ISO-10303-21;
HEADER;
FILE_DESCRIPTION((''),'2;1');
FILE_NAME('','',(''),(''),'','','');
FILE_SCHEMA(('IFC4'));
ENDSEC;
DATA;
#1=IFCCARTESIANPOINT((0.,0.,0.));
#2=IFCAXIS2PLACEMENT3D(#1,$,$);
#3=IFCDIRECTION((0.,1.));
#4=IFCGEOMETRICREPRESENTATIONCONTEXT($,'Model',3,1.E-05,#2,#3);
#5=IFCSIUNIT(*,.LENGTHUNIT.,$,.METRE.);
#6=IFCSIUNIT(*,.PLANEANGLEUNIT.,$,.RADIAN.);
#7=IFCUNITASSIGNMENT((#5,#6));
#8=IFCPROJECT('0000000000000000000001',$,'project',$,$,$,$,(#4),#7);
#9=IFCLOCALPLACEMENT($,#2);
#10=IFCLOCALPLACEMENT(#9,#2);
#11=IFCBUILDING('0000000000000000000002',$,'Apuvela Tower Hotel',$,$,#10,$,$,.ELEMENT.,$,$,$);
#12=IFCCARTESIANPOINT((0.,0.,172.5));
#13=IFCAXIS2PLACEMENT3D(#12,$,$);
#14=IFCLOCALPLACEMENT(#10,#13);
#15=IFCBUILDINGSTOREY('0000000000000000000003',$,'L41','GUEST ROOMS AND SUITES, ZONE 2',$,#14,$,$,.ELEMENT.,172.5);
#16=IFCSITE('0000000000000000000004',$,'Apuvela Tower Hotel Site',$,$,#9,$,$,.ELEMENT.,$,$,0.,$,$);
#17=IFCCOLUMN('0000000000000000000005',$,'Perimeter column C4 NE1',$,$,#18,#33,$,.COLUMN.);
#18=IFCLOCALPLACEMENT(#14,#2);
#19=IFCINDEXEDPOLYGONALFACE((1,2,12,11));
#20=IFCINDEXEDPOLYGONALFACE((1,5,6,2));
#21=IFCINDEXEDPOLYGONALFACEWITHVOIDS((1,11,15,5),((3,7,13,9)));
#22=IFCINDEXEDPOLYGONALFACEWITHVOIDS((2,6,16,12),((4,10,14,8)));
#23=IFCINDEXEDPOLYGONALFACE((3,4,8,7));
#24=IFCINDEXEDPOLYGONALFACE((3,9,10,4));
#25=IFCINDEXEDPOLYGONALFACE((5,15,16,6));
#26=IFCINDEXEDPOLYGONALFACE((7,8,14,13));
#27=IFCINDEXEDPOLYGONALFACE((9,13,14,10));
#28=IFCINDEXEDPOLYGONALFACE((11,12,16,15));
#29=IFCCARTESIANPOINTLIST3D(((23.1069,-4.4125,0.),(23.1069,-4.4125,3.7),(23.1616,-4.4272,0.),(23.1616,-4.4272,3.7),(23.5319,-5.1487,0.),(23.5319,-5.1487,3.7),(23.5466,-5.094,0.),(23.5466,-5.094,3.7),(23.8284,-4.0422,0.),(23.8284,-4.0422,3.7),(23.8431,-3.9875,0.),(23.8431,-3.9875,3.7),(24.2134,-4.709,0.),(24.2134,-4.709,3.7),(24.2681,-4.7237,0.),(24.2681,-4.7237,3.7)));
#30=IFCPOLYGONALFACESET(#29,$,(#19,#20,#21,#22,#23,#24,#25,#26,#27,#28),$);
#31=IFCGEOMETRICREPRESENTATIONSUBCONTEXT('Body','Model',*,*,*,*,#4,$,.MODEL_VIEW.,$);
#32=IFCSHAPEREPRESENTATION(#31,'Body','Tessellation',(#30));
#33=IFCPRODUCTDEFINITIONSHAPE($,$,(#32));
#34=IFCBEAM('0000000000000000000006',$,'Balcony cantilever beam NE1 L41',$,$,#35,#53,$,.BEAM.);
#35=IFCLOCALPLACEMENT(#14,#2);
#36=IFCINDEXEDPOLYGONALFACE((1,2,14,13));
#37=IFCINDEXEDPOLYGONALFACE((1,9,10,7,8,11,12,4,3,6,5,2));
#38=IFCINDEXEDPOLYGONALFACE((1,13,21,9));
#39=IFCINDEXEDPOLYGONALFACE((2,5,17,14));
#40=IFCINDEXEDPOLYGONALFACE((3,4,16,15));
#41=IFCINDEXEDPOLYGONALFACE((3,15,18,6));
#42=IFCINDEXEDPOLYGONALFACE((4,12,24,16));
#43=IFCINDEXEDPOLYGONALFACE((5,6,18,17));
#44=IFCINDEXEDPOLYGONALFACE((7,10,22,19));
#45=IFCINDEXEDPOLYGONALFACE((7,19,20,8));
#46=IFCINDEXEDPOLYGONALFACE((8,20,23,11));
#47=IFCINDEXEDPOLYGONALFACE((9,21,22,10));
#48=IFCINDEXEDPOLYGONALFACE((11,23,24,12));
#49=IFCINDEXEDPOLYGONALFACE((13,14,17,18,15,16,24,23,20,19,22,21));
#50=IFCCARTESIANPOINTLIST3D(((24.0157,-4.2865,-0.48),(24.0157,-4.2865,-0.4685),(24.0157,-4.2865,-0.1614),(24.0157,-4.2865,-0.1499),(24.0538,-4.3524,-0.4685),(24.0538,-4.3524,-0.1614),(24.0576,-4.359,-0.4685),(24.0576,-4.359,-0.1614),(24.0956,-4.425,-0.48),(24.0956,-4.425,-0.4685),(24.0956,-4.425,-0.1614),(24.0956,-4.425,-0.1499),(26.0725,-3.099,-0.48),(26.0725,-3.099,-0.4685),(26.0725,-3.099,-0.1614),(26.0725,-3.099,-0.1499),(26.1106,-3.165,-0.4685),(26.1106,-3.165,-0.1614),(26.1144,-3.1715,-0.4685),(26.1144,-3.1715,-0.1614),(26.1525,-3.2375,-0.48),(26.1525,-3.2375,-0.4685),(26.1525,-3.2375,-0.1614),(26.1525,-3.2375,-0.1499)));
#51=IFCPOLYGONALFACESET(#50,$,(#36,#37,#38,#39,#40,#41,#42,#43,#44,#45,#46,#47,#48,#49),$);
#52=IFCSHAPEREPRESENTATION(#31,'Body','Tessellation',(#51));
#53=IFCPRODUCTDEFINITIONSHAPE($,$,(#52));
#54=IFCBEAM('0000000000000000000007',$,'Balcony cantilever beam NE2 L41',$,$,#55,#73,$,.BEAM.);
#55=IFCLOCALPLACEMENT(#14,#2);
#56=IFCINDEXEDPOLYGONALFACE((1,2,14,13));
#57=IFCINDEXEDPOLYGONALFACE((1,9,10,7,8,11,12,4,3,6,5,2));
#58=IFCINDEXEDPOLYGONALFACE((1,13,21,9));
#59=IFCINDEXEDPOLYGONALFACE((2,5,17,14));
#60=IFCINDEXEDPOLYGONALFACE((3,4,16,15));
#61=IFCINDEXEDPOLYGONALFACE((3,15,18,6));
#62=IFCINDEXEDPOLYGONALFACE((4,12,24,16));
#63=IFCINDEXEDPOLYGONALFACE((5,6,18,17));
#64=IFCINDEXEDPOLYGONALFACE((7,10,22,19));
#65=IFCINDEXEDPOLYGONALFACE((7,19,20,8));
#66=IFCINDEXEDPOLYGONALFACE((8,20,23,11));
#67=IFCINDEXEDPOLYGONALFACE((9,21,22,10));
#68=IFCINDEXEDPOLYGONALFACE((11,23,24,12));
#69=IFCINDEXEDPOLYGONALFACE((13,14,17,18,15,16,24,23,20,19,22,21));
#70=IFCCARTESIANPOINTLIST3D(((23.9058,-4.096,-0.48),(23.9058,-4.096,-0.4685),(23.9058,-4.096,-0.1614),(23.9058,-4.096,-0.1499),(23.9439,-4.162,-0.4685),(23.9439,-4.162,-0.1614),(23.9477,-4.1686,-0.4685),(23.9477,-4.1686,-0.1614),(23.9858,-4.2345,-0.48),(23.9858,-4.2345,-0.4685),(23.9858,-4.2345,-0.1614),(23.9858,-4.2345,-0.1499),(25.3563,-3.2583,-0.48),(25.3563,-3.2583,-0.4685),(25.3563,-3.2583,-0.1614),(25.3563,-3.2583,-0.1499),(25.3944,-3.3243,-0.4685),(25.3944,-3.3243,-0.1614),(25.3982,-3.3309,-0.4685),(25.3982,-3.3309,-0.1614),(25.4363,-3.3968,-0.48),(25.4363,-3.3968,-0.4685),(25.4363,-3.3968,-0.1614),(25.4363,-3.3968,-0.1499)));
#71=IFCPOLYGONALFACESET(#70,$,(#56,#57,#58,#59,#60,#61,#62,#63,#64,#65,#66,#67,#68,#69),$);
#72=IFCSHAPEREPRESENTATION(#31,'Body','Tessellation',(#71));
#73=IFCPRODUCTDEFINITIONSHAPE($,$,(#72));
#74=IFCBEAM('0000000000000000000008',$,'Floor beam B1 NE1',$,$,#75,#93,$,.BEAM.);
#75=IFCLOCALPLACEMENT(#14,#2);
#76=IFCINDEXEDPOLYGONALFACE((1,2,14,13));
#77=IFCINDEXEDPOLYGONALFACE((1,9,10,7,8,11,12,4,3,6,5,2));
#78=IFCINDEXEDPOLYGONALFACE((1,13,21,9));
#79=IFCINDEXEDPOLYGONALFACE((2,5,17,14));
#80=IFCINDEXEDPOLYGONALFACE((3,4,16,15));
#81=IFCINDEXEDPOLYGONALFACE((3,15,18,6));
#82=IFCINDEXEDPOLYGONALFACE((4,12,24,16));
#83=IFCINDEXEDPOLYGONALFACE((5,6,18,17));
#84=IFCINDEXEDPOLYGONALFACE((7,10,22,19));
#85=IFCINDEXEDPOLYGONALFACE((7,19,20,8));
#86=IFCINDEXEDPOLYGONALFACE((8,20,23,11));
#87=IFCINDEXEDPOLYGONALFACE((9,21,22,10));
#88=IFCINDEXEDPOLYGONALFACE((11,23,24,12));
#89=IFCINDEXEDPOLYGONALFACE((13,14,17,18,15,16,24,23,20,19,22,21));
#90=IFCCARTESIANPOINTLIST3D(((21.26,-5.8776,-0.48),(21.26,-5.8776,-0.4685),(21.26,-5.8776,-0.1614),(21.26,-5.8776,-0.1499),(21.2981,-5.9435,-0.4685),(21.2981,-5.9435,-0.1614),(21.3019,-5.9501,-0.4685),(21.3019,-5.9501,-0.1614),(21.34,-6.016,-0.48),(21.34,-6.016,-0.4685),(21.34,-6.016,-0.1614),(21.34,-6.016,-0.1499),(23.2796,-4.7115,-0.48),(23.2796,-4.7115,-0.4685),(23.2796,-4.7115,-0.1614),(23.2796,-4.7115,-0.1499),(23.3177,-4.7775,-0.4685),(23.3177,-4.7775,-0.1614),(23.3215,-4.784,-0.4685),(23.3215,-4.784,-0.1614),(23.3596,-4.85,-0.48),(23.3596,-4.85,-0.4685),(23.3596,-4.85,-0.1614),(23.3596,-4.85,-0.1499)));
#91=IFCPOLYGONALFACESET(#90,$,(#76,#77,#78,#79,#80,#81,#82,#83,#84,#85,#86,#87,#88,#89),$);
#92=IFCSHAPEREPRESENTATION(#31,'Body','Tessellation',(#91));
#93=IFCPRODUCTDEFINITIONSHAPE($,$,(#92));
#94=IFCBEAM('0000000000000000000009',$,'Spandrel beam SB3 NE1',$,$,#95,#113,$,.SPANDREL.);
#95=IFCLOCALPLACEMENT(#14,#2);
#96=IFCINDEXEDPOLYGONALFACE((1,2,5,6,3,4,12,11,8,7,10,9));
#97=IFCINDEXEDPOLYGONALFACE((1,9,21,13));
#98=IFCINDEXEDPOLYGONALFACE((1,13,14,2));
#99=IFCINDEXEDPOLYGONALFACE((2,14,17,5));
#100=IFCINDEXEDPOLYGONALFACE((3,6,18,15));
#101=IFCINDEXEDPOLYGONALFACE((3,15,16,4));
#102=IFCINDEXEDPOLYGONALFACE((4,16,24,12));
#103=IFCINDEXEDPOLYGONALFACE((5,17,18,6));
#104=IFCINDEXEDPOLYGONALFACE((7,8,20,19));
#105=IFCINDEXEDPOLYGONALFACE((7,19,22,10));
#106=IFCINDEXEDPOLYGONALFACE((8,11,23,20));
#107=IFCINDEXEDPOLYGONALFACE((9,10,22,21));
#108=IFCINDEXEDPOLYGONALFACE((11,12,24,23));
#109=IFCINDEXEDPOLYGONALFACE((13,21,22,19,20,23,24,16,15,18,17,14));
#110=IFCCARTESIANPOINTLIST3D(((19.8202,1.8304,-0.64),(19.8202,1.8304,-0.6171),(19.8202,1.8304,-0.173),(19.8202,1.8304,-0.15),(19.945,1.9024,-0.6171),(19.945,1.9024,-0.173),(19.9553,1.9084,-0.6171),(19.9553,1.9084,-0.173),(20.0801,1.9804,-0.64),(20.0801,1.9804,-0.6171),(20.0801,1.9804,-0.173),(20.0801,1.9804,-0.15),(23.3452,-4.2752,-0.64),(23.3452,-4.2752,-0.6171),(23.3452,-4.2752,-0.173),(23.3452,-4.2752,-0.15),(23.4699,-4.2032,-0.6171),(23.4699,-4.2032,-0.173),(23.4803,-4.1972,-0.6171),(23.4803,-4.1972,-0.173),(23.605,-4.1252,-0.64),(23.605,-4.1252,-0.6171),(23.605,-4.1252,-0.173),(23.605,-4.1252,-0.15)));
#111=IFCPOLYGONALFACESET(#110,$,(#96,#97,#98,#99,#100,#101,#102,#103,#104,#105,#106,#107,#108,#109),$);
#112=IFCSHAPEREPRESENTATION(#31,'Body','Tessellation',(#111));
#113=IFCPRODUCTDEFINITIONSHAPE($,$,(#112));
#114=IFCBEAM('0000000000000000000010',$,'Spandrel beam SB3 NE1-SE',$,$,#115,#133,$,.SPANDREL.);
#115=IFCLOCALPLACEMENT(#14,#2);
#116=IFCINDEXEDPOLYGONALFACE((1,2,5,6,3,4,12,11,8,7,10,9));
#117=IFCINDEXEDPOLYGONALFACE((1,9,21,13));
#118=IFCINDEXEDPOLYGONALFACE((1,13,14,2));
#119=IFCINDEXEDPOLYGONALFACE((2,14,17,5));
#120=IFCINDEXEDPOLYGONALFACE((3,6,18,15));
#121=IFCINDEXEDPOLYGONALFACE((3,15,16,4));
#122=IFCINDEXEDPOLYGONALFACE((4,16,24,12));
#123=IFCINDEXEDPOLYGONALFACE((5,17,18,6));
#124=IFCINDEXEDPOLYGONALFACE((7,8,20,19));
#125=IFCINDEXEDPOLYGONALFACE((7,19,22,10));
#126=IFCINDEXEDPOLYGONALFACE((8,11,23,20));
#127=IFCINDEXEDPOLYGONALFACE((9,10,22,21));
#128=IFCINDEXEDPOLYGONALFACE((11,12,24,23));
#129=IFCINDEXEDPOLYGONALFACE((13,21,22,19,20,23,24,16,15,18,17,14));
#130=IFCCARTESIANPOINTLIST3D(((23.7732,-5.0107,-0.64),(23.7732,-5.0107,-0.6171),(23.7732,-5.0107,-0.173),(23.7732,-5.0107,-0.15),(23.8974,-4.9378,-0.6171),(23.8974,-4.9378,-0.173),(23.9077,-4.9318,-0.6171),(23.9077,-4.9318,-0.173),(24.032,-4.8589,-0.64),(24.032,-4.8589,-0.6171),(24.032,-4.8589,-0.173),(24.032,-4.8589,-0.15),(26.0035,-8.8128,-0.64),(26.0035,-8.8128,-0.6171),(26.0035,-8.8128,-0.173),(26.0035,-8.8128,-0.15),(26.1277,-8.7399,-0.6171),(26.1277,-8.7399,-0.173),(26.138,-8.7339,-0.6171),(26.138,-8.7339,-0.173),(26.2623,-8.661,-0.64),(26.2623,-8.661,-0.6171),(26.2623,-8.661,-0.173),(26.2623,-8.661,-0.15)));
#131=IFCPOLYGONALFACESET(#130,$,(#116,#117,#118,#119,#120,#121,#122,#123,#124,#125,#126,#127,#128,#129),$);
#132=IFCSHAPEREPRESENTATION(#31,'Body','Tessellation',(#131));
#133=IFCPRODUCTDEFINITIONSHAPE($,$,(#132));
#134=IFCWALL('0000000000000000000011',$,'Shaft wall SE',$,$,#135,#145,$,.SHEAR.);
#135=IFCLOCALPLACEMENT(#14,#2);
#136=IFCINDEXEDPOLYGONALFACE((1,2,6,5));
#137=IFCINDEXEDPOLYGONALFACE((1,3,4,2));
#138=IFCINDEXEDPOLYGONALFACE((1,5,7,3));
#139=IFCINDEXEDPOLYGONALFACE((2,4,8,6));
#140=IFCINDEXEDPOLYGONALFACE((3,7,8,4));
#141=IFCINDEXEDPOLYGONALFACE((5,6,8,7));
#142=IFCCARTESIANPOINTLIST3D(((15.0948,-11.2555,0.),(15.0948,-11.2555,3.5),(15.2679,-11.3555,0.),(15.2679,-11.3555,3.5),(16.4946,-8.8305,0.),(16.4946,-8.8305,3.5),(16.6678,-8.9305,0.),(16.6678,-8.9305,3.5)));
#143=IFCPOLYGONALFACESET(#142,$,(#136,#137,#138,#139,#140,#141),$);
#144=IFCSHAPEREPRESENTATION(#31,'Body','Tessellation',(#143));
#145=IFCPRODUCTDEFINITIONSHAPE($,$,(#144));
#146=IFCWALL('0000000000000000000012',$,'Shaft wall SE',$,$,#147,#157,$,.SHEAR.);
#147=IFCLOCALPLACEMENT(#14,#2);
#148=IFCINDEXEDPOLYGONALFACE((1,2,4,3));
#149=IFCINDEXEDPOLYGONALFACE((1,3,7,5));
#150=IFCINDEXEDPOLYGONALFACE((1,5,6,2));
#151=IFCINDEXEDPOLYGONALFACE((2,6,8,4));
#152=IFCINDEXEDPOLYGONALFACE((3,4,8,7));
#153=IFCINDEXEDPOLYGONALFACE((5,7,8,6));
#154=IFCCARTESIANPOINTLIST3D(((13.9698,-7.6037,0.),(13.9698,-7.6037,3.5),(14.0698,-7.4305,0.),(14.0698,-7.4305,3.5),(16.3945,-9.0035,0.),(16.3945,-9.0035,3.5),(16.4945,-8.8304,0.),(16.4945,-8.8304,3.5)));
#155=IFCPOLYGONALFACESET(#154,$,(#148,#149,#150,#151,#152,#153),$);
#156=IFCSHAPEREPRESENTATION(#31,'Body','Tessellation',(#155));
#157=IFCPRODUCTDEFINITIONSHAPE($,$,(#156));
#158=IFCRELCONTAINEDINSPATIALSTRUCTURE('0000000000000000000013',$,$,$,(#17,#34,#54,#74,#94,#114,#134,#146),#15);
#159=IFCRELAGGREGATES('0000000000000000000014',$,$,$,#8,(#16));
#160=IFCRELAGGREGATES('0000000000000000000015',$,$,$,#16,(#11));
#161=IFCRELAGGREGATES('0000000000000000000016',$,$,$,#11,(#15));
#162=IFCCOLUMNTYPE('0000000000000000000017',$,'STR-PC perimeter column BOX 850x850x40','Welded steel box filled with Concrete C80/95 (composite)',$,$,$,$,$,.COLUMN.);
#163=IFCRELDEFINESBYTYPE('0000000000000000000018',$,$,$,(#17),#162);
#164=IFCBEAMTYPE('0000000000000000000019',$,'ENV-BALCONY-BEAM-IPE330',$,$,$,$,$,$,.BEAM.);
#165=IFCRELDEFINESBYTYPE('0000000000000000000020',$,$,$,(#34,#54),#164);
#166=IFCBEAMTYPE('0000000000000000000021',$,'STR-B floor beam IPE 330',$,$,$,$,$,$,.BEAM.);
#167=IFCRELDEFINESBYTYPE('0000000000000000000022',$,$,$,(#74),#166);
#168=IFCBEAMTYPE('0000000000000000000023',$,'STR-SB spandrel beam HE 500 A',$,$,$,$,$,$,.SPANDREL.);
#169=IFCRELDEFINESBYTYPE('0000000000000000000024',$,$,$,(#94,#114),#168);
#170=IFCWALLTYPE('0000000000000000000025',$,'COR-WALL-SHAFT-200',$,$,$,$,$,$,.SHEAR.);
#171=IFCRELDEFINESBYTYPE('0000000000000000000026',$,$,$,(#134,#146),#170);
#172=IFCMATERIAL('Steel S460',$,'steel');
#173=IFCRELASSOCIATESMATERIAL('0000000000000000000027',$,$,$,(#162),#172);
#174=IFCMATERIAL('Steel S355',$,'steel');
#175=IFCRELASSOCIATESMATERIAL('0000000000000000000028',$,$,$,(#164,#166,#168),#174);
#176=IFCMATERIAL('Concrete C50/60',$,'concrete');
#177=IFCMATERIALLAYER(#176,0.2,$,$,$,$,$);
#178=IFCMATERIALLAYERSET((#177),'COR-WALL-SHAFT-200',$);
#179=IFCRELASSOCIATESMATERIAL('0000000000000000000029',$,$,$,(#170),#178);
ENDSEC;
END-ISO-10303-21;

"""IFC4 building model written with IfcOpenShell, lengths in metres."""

from ifc_helpers import new_model, si_unit, direction, frame, frame_2d, origin, origin_2d, place, context, subcontext, project, spatial, rectangle, hollow_rectangle, i_section, extrude, material, layer, layer_set, material_profile, profile_set, type_object, element, save


model = new_model("IFC4")

# Units and contexts
model_context = context("Model", 3, precision=1e-05, world=origin(), true_north=direction((0.0, 1.0)))
body_context = subcontext(model_context, "Body", "Model", "MODEL_VIEW")
ifc_project = project(units=[si_unit("LENGTHUNIT", "METRE"), si_unit("PLANEANGLEUNIT", "RADIAN")], contexts=[model_context])

# Site, building, storey
site_placement = place(None, origin())
site = spatial("IfcSite", under=ifc_project, at=site_placement, Name="Apuvela Tower Hotel Site", CompositionType="ELEMENT", RefElevation=0.0)
building_placement = place(site_placement, origin())
building = spatial("IfcBuilding", under=site, at=building_placement, Name="Apuvela Tower Hotel", CompositionType="ELEMENT")
storey_placement = place(building_placement, frame((0.0, 0.0, 172.5)))
storey = spatial("IfcBuildingStorey", under=building, at=storey_placement, Name="L41", Description="GUEST ROOMS AND SUITES, ZONE 2", CompositionType="ELEMENT", Elevation=172.5)

# Column
ifc_material_1 = material(Name="Steel S460", Category="steel")
ifc_material_profile_1 = material_profile(ifc_material_1, hollow_rectangle(XDim=0.8501, YDim=0.8501, WallThickness=0.04, at=origin_2d()), Name="BOX 850x850x40")
ifc_material_2 = material(Name="Concrete C80/95", Category="concrete")
ifc_material_profile_2 = material_profile(ifc_material_2, rectangle(XDim=0.77, YDim=0.77, at=origin_2d()), Name="Concrete C80/95 infill")
ifc_profile_set_1 = profile_set([ifc_material_profile_1, ifc_material_profile_2], Name="Steel S460")
column_type = type_object("IfcColumnType", Name="STR-PC perimeter column BOX 850x850x40", Description="Welded steel box filled with Concrete C80/95 (composite)", PredefinedType="COLUMN", material=ifc_profile_set_1)
column_placement = place(storey_placement, frame((23.6875, -4.5681, 0.0), z_axis=(0.0, 0.0, 1.0), x_axis=(-0.5, 0.866025, 0.0)))
element("IfcColumn", 1, at=column_placement, inside=storey, type_object=column_type, Name="Perimeter column C4 NE1", PredefinedType="COLUMN", context=body_context, shape_type="SweptSolid", body=[
    extrude(hollow_rectangle(XDim=0.8501, YDim=0.8501, WallThickness=0.04, at=origin_2d()), origin(), (0.0, 0.0, 1.0), 3.7),
])

# Beams
ifc_material_3 = material(Name="Steel S355", Category="steel")
ifc_material_profile_3 = material_profile(ifc_material_3, i_section(OverallWidth=0.1599, OverallDepth=0.3301, WebThickness=0.0076, FlangeThickness=0.0115, at=origin_2d()), Name="IPE 330")
ifc_profile_set_2 = profile_set([ifc_material_profile_3], Name="Steel S355")
beam_type_1 = type_object("IfcBeamType", Name="ENV-BALCONY-BEAM-IPE330", PredefinedType="BEAM", material=ifc_profile_set_2)
beam_1_placement = place(storey_placement, frame((24.0557, -4.3557, -0.3149), z_axis=(0.866033, 0.499986, 0.0), x_axis=(-0.499986, 0.866033, 0.0)))
element("IfcBeam", 2, at=beam_1_placement, inside=storey, type_object=beam_type_1, Name="Balcony cantilever beam NE1 L41", PredefinedType="BEAM", context=body_context, shape_type="SweptSolid", body=[
    extrude(i_section(OverallWidth=0.1599, OverallDepth=0.3301, WebThickness=0.0076, FlangeThickness=0.0115, at=origin_2d()), origin(), (0.0, 0.0, 1.0), 2.375),
])
beam_2_placement = place(storey_placement, frame((23.9458, -4.1653, -0.3149), z_axis=(0.865965, 0.500105, 0.0), x_axis=(-0.500105, 0.865965, 0.0)))
element("IfcBeam", 3, at=beam_2_placement, inside=storey, type_object=beam_type_1, Name="Balcony cantilever beam NE2 L41", PredefinedType="BEAM", context=body_context, shape_type="SweptSolid", body=[
    extrude(i_section(OverallWidth=0.1599, OverallDepth=0.3301, WebThickness=0.0076, FlangeThickness=0.0115, at=origin_2d()), origin(), (0.0, 0.0, 1.0), 1.675),
])
ifc_material_profile_4 = material_profile(ifc_material_3, i_section(OverallWidth=0.1599, OverallDepth=0.3301, WebThickness=0.0076, FlangeThickness=0.0115, at=origin_2d()), Name="IPE 330")
ifc_profile_set_3 = profile_set([ifc_material_profile_4], Name="Steel S355")
beam_type_2 = type_object("IfcBeamType", Name="STR-B floor beam IPE 330", PredefinedType="BEAM", material=ifc_profile_set_3)
beam_3_placement = place(storey_placement, frame((23.3196, -4.7808, -0.3149), z_axis=(-0.866018, -0.500012, 0.0), x_axis=(0.500012, -0.866018, 0.0)))
element("IfcBeam", 4, at=beam_3_placement, inside=storey, type_object=beam_type_2, Name="Floor beam B1 NE1", PredefinedType="BEAM", context=body_context, shape_type="SweptSolid", body=[
    extrude(i_section(OverallWidth=0.1599, OverallDepth=0.3301, WebThickness=0.0076, FlangeThickness=0.0115, at=origin_2d()), origin(), (0.0, 0.0, 1.0), 2.332),
])
ifc_material_profile_5 = material_profile(ifc_material_3, i_section(OverallWidth=0.3, OverallDepth=0.49, WebThickness=0.012, FlangeThickness=0.0229, at=origin_2d()), Name="HE 500 A")
ifc_profile_set_4 = profile_set([ifc_material_profile_5], Name="Steel S355")
beam_type_3 = type_object("IfcBeamType", Name="STR-SB spandrel beam HE 500 A", PredefinedType="SPANDREL", material=ifc_profile_set_4)
beam_4_placement = place(storey_placement, frame((23.4751, -4.2002, -0.395), z_axis=(-0.49999, 0.866031, 0.0), x_axis=(-0.866031, -0.49999, 0.0)))
element("IfcBeam", 5, at=beam_4_placement, inside=storey, type_object=beam_type_3, Name="Spandrel beam SB3 NE1", PredefinedType="SPANDREL", context=body_context, shape_type="SweptSolid", body=[
    extrude(i_section(OverallWidth=0.3, OverallDepth=0.49, WebThickness=0.012, FlangeThickness=0.0229, at=origin_2d()), origin(), (0.0, 0.0, 1.0), 7.05),
])
beam_5_placement = place(storey_placement, frame((23.9026, -4.9348, -0.395), z_axis=(0.505967, -0.862553, 0.0), x_axis=(0.862553, 0.505967, 0.0)))
element("IfcBeam", 6, at=beam_5_placement, inside=storey, type_object=beam_type_3, Name="Spandrel beam SB3 NE1-SE", PredefinedType="SPANDREL", context=body_context, shape_type="SweptSolid", body=[
    extrude(i_section(OverallWidth=0.3, OverallDepth=0.49, WebThickness=0.012, FlangeThickness=0.0229, at=origin_2d()), origin(), (0.0, 0.0, 1.0), 4.408),
])

# Walls
ifc_material_4 = material(Name="Concrete C50/60", Category="concrete")
ifc_layer_1 = layer(ifc_material_4, 0.2)
ifc_layer_set_1 = layer_set([ifc_layer_1], Name="COR-WALL-SHAFT-200")
wall_type_1 = type_object("IfcWallType", Name="COR-WALL-SHAFT-200", PredefinedType="SHEAR", material=ifc_layer_set_1)
wall_1_placement = place(storey_placement, frame((15.1814, -11.3054, 0.0), z_axis=(0.0, 0.0, 1.0), x_axis=(0.499946, 0.866056, 0.0)))
element("IfcWall", 7, at=wall_1_placement, inside=storey, type_object=wall_type_1, Name="Shaft wall SE", PredefinedType="SHEAR", context=body_context, shape_type="SweptSolid", body=[
    extrude(rectangle(XDim=2.8, YDim=0.2, at=frame_2d((1.3999, 0.0))), origin(), (0.0, 0.0, 1.0), 3.5),
])
wall_2_placement = place(storey_placement, frame((14.0198, -7.5171, 0.0), z_axis=(0.0, 0.0, 1.0), x_axis=(0.866035, -0.499984, 0.0)))
element("IfcWall", 8, at=wall_2_placement, inside=storey, type_object=wall_type_1, Name="Shaft wall SE", PredefinedType="SHEAR", context=body_context, shape_type="SweptSolid", body=[
    extrude(rectangle(XDim=2.7998, YDim=0.2, at=frame_2d((1.3999, 0.0))), origin(), (0.0, 0.0, 1.0), 3.5),
])

save(model, "model.ifc")
